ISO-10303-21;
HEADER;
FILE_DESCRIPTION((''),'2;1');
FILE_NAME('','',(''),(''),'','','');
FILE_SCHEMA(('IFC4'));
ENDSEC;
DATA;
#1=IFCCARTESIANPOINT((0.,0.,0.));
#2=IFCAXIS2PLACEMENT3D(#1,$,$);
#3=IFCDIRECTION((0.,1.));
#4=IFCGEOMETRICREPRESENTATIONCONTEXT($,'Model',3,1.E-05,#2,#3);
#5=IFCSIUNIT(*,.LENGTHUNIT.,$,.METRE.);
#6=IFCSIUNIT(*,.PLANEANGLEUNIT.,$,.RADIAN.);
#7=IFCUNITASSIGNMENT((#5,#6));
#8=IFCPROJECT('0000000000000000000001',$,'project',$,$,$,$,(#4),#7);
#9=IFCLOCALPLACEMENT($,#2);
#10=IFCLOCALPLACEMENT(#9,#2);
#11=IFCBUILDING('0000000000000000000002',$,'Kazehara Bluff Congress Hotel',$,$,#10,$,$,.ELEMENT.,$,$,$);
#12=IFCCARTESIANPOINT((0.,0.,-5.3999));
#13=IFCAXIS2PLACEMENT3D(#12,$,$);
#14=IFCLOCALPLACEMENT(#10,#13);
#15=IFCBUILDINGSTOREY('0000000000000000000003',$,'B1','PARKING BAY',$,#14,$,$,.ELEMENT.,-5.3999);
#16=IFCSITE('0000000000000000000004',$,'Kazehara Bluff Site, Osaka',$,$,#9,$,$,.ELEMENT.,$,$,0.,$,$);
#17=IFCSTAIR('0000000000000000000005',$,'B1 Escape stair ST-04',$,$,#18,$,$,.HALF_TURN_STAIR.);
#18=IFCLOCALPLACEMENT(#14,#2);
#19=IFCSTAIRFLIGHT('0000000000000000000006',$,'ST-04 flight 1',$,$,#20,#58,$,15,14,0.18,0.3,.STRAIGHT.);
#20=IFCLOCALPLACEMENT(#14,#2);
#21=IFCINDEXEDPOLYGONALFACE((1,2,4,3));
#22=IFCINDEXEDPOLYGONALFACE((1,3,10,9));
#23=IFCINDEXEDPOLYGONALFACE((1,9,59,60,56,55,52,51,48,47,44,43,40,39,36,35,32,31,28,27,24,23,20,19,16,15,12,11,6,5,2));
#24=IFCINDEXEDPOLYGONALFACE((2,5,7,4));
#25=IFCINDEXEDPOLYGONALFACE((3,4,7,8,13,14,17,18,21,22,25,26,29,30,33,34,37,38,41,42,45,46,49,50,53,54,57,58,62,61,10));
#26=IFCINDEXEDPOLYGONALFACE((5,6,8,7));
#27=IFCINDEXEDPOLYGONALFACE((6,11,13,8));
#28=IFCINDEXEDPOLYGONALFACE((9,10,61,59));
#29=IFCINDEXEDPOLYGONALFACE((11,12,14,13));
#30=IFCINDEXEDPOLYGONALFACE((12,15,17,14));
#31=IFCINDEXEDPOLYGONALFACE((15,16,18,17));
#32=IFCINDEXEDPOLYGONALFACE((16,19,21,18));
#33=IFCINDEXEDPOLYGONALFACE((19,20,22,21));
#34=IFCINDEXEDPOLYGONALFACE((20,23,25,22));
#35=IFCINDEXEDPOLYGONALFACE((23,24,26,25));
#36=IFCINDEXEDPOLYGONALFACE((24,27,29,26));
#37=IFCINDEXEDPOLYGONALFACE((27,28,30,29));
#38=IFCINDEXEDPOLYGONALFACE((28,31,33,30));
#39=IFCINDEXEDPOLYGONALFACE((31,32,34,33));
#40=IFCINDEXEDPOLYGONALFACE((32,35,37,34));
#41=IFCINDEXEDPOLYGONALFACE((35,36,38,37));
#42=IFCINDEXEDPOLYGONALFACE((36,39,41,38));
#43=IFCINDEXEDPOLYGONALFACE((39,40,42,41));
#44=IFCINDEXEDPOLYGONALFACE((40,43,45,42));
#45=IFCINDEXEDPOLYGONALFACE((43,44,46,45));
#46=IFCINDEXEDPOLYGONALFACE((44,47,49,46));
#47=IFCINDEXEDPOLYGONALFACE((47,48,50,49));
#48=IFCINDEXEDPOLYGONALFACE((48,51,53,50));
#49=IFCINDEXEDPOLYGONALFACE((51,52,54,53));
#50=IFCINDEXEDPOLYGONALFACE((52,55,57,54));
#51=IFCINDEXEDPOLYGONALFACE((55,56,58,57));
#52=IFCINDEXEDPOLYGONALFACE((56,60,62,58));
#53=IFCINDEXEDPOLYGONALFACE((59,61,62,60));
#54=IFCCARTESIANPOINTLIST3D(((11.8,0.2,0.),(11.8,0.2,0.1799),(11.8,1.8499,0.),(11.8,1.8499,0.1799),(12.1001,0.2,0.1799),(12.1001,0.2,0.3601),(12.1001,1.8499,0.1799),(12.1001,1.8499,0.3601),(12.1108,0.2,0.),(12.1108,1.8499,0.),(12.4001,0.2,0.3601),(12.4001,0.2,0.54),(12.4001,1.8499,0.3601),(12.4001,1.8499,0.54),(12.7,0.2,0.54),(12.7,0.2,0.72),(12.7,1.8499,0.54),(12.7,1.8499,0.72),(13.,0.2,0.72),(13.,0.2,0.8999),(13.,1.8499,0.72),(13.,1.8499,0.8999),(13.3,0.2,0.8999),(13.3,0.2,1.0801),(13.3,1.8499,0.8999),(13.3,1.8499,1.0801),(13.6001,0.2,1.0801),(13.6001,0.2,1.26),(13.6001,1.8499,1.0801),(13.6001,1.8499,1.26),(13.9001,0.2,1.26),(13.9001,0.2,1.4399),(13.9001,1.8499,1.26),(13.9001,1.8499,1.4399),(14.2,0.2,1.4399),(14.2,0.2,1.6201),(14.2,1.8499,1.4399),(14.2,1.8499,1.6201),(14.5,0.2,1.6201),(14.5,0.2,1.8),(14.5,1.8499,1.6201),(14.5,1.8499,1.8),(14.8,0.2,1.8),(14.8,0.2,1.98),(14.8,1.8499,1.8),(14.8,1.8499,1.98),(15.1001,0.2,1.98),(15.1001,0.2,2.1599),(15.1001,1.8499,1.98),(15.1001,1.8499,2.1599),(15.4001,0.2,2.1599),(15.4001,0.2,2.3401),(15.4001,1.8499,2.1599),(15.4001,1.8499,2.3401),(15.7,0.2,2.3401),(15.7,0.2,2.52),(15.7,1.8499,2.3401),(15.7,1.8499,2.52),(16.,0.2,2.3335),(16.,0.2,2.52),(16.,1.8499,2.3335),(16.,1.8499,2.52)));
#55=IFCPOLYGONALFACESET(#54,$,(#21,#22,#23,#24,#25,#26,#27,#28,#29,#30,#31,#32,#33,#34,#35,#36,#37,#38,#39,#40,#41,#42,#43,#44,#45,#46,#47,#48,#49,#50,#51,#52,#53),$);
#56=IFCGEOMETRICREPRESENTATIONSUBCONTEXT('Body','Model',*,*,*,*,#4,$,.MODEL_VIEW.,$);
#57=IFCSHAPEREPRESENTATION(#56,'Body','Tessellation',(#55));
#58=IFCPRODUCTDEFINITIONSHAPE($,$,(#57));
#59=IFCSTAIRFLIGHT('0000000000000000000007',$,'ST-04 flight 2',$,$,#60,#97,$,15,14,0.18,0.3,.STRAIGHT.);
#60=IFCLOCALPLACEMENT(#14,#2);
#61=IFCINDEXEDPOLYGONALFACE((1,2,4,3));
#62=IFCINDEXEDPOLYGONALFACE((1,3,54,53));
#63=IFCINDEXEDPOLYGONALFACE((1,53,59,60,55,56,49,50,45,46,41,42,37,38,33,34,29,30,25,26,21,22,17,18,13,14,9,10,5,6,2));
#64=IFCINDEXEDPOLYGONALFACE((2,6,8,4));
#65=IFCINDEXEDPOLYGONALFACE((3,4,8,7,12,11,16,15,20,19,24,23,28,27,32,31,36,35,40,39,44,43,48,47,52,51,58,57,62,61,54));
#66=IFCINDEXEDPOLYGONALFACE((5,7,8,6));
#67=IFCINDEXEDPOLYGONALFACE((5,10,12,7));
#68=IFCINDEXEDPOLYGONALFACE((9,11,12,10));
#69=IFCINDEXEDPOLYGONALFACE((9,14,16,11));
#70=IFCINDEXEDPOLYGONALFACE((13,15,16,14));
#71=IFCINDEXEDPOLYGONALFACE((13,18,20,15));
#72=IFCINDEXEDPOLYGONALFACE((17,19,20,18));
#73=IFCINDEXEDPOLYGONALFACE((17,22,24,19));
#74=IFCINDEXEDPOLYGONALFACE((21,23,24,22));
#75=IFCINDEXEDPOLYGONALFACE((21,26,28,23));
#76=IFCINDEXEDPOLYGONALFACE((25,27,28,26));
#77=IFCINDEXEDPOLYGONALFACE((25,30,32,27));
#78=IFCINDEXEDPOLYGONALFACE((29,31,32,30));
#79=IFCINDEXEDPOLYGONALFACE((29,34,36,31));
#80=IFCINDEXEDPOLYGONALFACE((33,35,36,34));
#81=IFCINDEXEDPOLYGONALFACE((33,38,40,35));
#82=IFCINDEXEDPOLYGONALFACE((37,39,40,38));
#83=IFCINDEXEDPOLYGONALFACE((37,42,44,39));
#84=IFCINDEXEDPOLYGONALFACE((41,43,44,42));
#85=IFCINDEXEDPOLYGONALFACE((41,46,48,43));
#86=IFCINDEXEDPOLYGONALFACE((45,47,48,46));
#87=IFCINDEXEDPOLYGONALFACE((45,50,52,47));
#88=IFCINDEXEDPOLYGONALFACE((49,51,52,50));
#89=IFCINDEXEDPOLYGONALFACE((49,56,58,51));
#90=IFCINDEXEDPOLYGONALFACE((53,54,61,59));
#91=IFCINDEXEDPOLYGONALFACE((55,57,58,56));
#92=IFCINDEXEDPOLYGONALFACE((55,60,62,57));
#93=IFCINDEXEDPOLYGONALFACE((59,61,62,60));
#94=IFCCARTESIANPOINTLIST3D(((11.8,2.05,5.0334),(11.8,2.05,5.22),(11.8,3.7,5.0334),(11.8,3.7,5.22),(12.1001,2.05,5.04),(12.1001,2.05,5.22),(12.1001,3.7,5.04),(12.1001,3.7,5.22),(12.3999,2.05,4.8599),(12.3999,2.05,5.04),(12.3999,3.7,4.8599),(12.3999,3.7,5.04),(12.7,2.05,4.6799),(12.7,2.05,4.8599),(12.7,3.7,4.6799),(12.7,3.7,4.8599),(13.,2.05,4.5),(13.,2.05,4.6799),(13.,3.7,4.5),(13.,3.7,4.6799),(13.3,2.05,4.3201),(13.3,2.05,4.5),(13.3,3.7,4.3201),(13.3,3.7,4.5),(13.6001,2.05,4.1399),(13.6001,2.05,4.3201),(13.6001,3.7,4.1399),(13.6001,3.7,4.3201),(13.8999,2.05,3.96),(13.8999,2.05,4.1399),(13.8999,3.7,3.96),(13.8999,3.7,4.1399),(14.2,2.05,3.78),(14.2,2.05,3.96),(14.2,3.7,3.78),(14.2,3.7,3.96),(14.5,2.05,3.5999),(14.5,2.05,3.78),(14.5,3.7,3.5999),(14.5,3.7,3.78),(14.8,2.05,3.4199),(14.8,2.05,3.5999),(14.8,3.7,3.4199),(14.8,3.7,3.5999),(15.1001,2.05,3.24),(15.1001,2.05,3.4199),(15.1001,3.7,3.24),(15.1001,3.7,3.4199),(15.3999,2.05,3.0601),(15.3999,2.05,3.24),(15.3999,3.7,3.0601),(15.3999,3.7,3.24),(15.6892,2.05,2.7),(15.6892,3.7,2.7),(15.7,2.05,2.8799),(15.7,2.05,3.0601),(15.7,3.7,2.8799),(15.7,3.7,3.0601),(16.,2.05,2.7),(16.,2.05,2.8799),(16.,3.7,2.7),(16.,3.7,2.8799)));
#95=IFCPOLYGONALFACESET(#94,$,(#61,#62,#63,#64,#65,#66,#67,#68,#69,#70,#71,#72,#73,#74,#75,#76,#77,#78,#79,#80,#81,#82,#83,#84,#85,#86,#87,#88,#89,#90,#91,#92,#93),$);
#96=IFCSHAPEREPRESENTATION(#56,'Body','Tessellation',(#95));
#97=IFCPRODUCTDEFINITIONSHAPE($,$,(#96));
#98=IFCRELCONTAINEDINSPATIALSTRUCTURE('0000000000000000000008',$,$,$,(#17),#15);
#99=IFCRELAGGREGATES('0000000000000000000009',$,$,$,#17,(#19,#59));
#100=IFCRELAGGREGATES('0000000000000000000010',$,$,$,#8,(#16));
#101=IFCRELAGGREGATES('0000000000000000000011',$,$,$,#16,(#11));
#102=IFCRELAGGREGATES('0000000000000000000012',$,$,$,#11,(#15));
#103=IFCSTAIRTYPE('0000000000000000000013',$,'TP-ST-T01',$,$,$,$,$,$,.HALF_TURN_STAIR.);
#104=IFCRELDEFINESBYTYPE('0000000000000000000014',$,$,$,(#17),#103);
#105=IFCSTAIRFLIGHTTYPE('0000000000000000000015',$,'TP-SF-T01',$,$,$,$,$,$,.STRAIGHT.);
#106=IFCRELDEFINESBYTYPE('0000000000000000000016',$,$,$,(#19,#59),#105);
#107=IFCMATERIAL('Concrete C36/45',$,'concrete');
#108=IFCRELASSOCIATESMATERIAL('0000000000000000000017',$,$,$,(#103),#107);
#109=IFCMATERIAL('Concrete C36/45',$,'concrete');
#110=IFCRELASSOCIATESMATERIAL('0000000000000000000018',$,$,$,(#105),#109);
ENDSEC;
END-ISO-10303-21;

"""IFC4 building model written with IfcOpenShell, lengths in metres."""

from ifc_helpers import new_model, si_unit, direction, frame, origin, place, context, subcontext, project, spatial, polyline, outline, extrude, material, type_object, element, aggregate, save


model = new_model("IFC4")

# Units and contexts
model_context = context("Model", 3, precision=1e-05, world=origin(), true_north=direction((0.0, 1.0)))
body_context = subcontext(model_context, "Body", "Model", "MODEL_VIEW")
ifc_project = project(units=[si_unit("LENGTHUNIT", "METRE"), si_unit("PLANEANGLEUNIT", "RADIAN")], contexts=[model_context])

# Site, building, storey
site_placement = place(None, origin())
site = spatial("IfcSite", under=ifc_project, at=site_placement, Name="Kazehara Bluff Site, Osaka", CompositionType="ELEMENT", RefElevation=0.0)
building_placement = place(site_placement, origin())
building = spatial("IfcBuilding", under=site, at=building_placement, Name="Kazehara Bluff Congress Hotel", CompositionType="ELEMENT")
storey_placement = place(building_placement, frame((0.0, 0.0, -5.3999)))
storey = spatial("IfcBuildingStorey", under=building, at=storey_placement, Name="B1", Description="PARKING BAY", CompositionType="ELEMENT", Elevation=-5.3999)

# Stair, stair flights
ifc_material_1 = material(Name="Concrete C36/45", Category="concrete")
stair_type = type_object("IfcStairType", Name="TP-ST-T01", PredefinedType="HALF_TURN_STAIR", material=ifc_material_1)
stair_placement = place(storey_placement, origin())
stair = element("IfcStair", 1, at=stair_placement, inside=storey, type_object=stair_type, Name="B1 Escape stair ST-04", PredefinedType="HALF_TURN_STAIR")
ifc_material_2 = material(Name="Concrete C36/45", Category="concrete")
stair_flight_type = type_object("IfcStairFlightType", Name="TP-SF-T01", PredefinedType="STRAIGHT", material=ifc_material_2)
stair_flight_1_placement = place(storey_placement, frame((11.8, 1.0249, 0.0), z_axis=(0.0, 0.0, 1.0), x_axis=(1.0, 0.0, 0.0)))
stair_flight_1 = element("IfcStairFlight", 2, at=stair_flight_1_placement, type_object=stair_flight_type, Name="ST-04 flight 1", NumberOfRisers=15, NumberOfTreads=14, PredefinedType="STRAIGHT", RiserHeight=0.18, TreadLength=0.3, context=body_context, shape_type="SweptSolid", body=[
    extrude(outline(polyline([(0.0, 0.0), (0.0, 0.1799), (0.3, 0.1799), (0.3, 0.3601), (0.6001, 0.3601), (0.6001, 0.54), (0.8999, 0.54), (0.8999, 0.72), (1.2, 0.72), (1.2, 0.8999), (1.5, 0.8999), (1.5, 1.0801), (1.8, 1.0801), (1.8, 1.26), (2.1001, 1.26), (2.1001, 1.4399), (2.3999, 1.4399), (2.3999, 1.6201), (2.7, 1.6201), (2.7, 1.8), (3.0, 1.8), (3.0, 1.98), (3.3, 1.98), (3.3, 2.1599), (3.6001, 2.1599), (3.6001, 2.3401), (3.8999, 2.3401), (3.8999, 2.52), (4.2, 2.52), (4.2, 2.7), (4.2, 2.3335), (0.3108, 0.0), (0.0, 0.0)])), frame((0.0, 0.825, 0.0), z_axis=(0.0, -1.0, 0.0), x_axis=(1.0, 0.0, 0.0)), (0.0, 0.0, 1.0), 1.6499),
])
stair_flight_2_placement = place(storey_placement, frame((16.0, 2.875, 2.7), z_axis=(0.0, 0.0, 1.0), x_axis=(-1.0, 0.0, 0.0)))
stair_flight_2 = element("IfcStairFlight", 3, at=stair_flight_2_placement, type_object=stair_flight_type, Name="ST-04 flight 2", NumberOfRisers=15, NumberOfTreads=14, PredefinedType="STRAIGHT", RiserHeight=0.18, TreadLength=0.3, context=body_context, shape_type="SweptSolid", body=[
    extrude(outline(polyline([(0.0, 0.0), (0.0, 0.1799), (0.3, 0.1799), (0.3, 0.3601), (0.6001, 0.3601), (0.6001, 0.54), (0.8999, 0.54), (0.8999, 0.72), (1.2, 0.72), (1.2, 0.8999), (1.5, 0.8999), (1.5, 1.0801), (1.8, 1.0801), (1.8, 1.26), (2.1001, 1.26), (2.1001, 1.4399), (2.3999, 1.4399), (2.3999, 1.6201), (2.7, 1.6201), (2.7, 1.8), (3.0, 1.8), (3.0, 1.98), (3.3, 1.98), (3.3, 2.1599), (3.6001, 2.1599), (3.6001, 2.3401), (3.8999, 2.3401), (3.8999, 2.52), (4.2, 2.52), (4.2, 2.7), (4.2, 2.3335), (0.3108, 0.0), (0.0, 0.0)])), frame((0.0, 0.825, 0.0), z_axis=(0.0, -1.0, 0.0), x_axis=(1.0, 0.0, 0.0)), (0.0, 0.0, 1.0), 1.6499),
])
aggregate(stair, [stair_flight_1, stair_flight_2])

save(model, "model.ifc")
